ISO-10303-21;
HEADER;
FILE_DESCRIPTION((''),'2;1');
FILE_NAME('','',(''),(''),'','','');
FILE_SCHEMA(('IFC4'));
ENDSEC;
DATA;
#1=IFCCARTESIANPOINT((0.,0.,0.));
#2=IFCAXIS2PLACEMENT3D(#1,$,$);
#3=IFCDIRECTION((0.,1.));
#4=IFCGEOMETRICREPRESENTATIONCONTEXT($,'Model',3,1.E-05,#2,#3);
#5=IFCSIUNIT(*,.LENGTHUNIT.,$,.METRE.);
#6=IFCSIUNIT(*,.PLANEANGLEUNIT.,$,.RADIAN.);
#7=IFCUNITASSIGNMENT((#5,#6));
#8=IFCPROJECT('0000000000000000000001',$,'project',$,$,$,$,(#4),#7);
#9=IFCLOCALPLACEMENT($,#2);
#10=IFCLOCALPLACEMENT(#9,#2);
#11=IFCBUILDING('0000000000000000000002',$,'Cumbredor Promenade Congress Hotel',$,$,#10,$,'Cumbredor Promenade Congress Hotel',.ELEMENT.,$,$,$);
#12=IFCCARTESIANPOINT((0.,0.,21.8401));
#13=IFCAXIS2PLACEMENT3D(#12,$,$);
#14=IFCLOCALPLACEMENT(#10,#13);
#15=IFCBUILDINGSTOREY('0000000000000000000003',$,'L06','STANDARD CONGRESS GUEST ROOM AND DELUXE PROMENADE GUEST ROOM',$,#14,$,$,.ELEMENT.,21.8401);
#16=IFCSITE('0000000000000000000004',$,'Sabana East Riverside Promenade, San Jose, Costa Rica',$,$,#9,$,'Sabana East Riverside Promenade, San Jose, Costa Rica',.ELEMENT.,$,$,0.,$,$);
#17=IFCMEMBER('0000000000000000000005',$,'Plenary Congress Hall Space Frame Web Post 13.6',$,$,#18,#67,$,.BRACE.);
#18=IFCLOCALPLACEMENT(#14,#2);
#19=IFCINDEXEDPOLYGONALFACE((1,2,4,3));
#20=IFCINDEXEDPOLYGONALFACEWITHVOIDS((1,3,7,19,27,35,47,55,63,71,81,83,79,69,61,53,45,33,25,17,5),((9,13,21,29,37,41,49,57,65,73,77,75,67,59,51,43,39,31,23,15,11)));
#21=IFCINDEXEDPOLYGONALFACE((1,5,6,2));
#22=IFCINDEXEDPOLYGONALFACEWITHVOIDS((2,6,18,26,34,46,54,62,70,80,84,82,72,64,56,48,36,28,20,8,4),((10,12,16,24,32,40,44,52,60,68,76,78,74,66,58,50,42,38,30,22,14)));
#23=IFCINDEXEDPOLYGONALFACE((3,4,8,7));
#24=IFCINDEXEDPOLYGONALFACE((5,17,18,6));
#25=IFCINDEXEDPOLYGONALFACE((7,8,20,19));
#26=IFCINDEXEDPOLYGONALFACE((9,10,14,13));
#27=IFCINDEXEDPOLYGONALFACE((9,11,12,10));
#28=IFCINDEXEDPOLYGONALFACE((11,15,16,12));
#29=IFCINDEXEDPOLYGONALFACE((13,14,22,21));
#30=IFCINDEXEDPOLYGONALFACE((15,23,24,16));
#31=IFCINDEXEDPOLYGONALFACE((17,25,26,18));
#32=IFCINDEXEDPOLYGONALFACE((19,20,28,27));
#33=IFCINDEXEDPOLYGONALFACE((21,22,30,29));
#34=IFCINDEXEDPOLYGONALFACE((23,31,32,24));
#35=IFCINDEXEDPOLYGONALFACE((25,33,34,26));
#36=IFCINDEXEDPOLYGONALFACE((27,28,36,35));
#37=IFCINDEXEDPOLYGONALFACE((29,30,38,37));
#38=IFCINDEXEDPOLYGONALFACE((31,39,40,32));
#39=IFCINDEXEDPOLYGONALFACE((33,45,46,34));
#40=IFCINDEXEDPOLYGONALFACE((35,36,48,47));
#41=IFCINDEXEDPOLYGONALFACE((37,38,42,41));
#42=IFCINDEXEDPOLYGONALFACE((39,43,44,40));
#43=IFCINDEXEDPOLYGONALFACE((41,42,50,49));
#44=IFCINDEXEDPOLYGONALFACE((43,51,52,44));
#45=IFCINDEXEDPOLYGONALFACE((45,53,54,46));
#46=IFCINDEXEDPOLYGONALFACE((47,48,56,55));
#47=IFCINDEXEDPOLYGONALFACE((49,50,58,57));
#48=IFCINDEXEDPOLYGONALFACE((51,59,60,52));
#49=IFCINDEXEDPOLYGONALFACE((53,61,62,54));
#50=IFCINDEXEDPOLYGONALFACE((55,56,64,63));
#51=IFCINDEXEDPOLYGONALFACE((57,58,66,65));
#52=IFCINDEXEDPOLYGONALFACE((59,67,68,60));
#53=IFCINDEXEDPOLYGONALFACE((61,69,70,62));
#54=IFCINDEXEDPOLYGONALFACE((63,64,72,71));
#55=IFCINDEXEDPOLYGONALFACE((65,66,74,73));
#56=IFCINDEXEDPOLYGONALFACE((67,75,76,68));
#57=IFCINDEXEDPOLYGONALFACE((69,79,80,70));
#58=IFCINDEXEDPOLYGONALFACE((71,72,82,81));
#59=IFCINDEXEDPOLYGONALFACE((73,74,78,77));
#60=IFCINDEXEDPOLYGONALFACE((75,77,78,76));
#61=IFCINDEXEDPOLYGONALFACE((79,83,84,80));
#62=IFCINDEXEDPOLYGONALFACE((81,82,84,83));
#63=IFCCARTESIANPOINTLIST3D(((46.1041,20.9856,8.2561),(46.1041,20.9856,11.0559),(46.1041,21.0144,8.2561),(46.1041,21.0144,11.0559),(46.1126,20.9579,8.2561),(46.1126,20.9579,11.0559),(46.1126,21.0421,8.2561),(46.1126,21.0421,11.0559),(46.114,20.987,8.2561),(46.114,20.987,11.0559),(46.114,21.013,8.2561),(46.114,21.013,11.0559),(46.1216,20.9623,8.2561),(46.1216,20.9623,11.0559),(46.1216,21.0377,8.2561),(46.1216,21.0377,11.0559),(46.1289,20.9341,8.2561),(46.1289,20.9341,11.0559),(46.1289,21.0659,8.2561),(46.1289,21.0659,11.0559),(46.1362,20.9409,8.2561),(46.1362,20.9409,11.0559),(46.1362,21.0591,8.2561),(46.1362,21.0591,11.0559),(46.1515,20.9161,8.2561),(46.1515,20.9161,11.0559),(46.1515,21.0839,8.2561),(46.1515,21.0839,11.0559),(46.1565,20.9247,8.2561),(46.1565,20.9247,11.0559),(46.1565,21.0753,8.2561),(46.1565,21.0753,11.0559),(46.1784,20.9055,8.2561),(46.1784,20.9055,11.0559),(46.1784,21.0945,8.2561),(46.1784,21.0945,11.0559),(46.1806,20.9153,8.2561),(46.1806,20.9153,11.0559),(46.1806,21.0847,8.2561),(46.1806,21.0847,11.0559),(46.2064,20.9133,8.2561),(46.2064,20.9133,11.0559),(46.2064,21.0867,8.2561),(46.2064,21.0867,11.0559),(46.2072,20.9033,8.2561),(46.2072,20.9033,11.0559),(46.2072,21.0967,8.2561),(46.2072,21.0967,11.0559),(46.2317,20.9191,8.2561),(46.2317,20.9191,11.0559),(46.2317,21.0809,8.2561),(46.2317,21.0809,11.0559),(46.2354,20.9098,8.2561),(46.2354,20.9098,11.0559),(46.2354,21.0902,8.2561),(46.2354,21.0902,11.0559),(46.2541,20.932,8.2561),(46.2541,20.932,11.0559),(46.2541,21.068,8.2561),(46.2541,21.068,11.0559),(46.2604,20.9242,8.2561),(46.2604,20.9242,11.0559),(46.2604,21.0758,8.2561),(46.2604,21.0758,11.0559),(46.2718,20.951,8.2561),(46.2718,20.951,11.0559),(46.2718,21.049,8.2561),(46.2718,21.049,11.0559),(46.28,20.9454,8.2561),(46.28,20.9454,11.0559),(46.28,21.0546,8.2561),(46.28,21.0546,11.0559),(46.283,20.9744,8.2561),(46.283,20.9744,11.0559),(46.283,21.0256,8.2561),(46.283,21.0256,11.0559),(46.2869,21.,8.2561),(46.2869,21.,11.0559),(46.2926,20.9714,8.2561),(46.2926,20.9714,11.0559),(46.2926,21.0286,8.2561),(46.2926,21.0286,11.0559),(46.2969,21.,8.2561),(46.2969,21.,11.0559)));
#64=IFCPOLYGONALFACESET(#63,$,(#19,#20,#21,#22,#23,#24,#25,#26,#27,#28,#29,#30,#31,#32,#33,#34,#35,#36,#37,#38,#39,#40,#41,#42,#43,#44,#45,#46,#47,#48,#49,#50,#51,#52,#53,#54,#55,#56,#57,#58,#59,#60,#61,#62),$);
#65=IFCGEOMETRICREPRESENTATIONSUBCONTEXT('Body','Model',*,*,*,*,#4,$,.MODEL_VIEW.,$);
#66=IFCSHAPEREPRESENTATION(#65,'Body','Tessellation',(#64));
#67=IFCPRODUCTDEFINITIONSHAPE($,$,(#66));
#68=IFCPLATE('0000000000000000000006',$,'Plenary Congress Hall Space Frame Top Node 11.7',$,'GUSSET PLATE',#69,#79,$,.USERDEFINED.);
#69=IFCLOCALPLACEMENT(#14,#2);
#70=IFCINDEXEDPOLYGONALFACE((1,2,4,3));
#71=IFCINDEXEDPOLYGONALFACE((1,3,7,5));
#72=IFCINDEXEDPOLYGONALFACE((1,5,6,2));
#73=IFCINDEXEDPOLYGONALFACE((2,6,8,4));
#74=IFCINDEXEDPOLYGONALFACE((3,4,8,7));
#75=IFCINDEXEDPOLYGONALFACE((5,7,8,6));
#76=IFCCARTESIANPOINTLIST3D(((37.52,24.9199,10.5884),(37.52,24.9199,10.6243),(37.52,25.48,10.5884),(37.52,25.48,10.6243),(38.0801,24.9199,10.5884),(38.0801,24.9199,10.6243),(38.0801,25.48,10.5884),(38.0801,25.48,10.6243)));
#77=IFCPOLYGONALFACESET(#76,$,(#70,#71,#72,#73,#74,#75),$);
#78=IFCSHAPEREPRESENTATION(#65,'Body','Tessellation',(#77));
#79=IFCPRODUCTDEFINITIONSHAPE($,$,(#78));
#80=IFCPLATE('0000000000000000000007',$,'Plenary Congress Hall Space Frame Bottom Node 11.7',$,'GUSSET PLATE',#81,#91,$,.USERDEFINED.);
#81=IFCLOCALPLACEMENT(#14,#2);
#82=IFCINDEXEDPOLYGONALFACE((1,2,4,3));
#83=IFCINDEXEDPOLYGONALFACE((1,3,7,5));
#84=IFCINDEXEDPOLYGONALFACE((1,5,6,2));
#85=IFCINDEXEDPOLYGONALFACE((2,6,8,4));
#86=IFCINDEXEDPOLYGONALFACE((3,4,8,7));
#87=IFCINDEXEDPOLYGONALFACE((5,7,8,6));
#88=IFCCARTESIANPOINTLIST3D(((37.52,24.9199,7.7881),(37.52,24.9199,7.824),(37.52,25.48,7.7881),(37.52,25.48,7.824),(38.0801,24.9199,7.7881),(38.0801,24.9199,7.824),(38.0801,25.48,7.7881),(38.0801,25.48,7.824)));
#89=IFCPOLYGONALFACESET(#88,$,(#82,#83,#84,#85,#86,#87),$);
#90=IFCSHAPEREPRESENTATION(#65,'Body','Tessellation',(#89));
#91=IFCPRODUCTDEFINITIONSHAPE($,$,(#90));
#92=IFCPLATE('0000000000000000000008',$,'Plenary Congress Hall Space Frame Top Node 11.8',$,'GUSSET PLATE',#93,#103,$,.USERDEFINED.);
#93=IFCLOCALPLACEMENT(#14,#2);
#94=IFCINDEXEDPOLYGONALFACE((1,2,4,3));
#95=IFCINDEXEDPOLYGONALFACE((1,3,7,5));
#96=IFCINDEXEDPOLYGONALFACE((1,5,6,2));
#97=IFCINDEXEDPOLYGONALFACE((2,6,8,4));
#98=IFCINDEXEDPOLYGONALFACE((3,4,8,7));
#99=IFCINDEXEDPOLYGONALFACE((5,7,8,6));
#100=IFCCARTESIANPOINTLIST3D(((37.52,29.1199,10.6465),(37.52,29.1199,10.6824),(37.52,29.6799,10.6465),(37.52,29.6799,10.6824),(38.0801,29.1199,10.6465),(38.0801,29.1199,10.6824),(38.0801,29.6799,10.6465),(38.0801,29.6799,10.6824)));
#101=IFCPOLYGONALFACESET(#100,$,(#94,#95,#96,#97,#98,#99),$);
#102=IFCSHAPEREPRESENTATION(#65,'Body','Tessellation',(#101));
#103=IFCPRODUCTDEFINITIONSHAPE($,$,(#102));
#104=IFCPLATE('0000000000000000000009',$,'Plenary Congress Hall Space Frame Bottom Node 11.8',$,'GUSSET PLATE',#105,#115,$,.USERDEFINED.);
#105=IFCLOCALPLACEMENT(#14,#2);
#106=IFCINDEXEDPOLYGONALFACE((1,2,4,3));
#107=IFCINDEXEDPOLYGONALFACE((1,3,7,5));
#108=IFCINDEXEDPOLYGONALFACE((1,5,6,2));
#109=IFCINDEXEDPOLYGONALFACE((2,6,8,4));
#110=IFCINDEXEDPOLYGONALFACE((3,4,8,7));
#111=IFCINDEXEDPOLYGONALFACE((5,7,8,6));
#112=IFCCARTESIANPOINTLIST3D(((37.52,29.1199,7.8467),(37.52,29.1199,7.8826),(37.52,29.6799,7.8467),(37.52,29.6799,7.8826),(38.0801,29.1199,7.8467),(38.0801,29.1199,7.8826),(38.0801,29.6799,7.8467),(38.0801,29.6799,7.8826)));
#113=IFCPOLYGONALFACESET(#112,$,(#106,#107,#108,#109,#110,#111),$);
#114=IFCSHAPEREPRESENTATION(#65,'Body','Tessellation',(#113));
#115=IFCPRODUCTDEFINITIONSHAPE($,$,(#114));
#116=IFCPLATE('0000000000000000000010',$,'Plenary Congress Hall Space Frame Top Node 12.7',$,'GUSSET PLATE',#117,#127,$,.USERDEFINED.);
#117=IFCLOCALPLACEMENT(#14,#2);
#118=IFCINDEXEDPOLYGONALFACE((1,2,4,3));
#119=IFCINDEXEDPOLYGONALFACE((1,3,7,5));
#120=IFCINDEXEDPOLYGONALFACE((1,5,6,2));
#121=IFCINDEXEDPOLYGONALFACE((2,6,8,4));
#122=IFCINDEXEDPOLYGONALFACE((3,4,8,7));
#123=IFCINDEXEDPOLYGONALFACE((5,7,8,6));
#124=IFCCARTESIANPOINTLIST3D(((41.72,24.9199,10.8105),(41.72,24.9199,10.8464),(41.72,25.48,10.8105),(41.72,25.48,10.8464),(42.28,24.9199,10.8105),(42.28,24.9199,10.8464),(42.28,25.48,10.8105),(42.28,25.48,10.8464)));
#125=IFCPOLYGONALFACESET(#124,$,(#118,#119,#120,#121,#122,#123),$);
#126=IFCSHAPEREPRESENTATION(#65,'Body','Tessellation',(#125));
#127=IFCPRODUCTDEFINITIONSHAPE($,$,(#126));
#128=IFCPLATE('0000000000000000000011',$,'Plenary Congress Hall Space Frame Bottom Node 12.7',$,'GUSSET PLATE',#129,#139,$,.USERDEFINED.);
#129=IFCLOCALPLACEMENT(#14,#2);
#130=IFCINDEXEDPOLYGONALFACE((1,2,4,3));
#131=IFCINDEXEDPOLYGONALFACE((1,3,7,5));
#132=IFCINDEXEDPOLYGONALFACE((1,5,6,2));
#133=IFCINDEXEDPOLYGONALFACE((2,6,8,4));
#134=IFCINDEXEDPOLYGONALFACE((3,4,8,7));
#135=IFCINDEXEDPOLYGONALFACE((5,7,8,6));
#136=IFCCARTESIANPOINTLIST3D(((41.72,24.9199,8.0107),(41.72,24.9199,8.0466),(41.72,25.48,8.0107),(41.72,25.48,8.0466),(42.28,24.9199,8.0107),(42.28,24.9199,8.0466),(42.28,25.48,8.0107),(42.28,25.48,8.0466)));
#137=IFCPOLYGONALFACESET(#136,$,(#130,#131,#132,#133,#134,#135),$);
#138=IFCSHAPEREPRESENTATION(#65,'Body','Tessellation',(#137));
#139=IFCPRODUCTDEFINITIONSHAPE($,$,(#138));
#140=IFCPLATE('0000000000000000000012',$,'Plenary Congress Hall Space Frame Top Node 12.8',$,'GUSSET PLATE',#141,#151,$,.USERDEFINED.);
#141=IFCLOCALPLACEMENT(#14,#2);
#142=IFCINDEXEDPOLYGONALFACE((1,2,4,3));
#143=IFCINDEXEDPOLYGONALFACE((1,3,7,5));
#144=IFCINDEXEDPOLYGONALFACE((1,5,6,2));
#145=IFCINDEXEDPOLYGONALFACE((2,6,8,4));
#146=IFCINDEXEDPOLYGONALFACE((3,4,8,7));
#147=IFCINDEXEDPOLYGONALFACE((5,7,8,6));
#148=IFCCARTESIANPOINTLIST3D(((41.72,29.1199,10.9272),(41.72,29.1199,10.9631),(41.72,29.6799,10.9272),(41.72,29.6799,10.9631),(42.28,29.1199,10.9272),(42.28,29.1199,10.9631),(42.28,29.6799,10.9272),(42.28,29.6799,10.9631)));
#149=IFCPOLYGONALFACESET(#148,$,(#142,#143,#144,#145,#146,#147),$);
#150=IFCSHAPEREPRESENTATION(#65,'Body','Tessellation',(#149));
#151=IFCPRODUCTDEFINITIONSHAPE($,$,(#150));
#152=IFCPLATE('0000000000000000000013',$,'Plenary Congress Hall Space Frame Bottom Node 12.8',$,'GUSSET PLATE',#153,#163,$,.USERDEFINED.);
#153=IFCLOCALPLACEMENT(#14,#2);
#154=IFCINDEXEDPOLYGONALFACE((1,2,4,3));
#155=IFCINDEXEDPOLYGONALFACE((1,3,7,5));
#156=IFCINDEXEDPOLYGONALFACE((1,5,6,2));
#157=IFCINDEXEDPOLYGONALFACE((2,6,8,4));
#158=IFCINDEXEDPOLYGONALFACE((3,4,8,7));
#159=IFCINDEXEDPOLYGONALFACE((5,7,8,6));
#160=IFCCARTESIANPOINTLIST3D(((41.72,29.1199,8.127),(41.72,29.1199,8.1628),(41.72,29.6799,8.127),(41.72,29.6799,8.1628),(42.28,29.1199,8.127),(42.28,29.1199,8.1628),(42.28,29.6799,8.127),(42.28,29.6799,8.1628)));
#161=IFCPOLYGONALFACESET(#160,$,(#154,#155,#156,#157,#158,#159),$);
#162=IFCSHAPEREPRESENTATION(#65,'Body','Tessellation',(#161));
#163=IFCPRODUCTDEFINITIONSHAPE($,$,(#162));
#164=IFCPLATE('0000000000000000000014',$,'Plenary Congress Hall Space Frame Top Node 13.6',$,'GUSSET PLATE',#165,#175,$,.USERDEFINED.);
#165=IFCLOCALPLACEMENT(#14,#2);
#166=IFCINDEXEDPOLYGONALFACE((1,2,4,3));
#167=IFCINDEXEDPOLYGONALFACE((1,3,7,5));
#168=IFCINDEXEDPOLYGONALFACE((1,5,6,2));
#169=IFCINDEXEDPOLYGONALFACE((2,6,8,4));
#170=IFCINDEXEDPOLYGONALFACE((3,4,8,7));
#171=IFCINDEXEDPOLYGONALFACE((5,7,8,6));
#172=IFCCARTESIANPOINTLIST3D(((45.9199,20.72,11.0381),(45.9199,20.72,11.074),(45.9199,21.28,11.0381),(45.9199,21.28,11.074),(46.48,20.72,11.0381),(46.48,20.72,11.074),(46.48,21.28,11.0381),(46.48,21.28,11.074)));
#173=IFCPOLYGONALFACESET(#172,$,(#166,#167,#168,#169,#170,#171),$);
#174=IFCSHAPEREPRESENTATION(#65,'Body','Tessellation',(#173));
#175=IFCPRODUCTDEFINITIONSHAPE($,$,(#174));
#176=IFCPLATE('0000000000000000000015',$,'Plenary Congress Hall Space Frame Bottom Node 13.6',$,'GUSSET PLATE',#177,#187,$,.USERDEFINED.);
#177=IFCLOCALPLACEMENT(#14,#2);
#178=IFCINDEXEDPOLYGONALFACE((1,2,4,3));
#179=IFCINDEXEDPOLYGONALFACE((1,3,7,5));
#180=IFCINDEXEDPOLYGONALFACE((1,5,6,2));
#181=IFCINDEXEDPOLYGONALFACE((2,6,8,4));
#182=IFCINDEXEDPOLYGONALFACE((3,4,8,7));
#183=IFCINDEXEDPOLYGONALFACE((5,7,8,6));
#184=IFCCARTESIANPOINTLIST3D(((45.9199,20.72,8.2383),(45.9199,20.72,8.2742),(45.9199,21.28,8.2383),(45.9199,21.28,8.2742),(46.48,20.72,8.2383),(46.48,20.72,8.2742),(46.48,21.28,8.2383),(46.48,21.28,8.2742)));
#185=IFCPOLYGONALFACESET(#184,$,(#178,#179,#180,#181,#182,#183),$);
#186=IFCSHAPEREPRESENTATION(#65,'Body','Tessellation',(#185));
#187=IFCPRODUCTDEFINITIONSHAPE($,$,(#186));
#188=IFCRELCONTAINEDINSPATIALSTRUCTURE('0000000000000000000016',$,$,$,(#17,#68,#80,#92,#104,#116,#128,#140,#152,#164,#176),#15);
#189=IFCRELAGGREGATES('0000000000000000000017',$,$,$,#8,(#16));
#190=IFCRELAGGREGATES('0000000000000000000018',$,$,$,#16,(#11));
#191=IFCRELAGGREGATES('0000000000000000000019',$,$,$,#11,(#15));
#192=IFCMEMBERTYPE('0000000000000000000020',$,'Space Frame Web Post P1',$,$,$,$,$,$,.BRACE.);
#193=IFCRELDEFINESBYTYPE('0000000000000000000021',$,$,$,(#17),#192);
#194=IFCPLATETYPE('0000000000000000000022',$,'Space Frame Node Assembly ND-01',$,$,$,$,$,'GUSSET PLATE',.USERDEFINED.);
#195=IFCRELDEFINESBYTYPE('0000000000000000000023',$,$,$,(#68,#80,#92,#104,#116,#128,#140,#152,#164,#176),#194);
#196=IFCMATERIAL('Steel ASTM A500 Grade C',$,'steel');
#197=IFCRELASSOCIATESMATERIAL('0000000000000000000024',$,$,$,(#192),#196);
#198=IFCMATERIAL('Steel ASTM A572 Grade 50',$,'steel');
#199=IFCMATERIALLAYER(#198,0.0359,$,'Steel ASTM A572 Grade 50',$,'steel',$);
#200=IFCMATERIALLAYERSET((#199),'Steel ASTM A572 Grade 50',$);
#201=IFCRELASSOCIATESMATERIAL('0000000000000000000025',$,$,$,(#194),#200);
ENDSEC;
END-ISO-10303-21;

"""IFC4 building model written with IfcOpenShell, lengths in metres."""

from ifc_helpers import new_model, si_unit, direction, frame, origin, origin_2d, place, context, subcontext, project, spatial, rectangle, hollow_circle, extrude, material, layer, layer_set, material_profile, profile_set, type_object, element, save


model = new_model("IFC4")

# Units and contexts
model_context = context("Model", 3, precision=1e-05, world=origin(), true_north=direction((0.0, 1.0)))
body_context = subcontext(model_context, "Body", "Model", "MODEL_VIEW")
ifc_project = project(units=[si_unit("LENGTHUNIT", "METRE"), si_unit("PLANEANGLEUNIT", "RADIAN")], contexts=[model_context])

# Site, building, storey
site_placement = place(None, origin())
site = spatial("IfcSite", under=ifc_project, at=site_placement, Name="Sabana East Riverside Promenade, San Jose, Costa Rica", LongName="Sabana East Riverside Promenade, San Jose, Costa Rica", CompositionType="ELEMENT", RefElevation=0.0)
building_placement = place(site_placement, origin())
building = spatial("IfcBuilding", under=site, at=building_placement, Name="Cumbredor Promenade Congress Hotel", LongName="Cumbredor Promenade Congress Hotel", CompositionType="ELEMENT")
storey_placement = place(building_placement, frame((0.0, 0.0, 21.8401)))
storey = spatial("IfcBuildingStorey", under=building, at=storey_placement, Name="L06", Description="STANDARD CONGRESS GUEST ROOM AND DELUXE PROMENADE GUEST ROOM", CompositionType="ELEMENT", Elevation=21.8401)

# Member
ifc_material_1 = material(Name="Steel ASTM A500 Grade C", Category="steel")
ifc_material_profile_1 = material_profile(ifc_material_1, hollow_circle(Radius=0.0969, WallThickness=0.01, at=origin_2d()), Name="CHS 193.7x10")
ifc_profile_set_1 = profile_set([ifc_material_profile_1], Name="Steel ASTM A500 Grade C")
member_type_1 = type_object("IfcMemberType", Name="Space Frame Web Post P1", PredefinedType="BRACE", material=ifc_profile_set_1)
member_1_placement = place(storey_placement, frame((46.2, 21.0, 8.2561), z_axis=(0.0, 0.0, 1.0), x_axis=(1.0, 0.0, 0.0)))
element("IfcMember", 1, at=member_1_placement, inside=storey, type_object=member_type_1, Name="Plenary Congress Hall Space Frame Web Post 13.6", PredefinedType="BRACE", context=body_context, shape_type="SweptSolid", body=[
    extrude(hollow_circle(Radius=0.0969, WallThickness=0.01, at=origin_2d()), origin(), (0.0, 0.0, 1.0), 2.7998),
])

# Plates
ifc_material_2 = material(Name="Steel ASTM A572 Grade 50", Category="steel")
ifc_layer = layer(ifc_material_2, 0.0359, Name="Steel ASTM A572 Grade 50", Category="steel")
ifc_layer_set = layer_set([ifc_layer], Name="Steel ASTM A572 Grade 50")
plate_type = type_object("IfcPlateType", Name="Space Frame Node Assembly ND-01", ElementType="GUSSET PLATE", PredefinedType="USERDEFINED", material=ifc_layer_set)
for number, where, z_axis, x_axis, name in (
    (2, (37.8, 25.2, 10.5884), (0.0, 0.0, 1.0), (1.0, 0.0, 0.0), "Plenary Congress Hall Space Frame Top Node 11.7"),
    (3, (37.8, 25.2, 7.7881), (0.0, 0.0, 1.0), (1.0, 0.0, 0.0), "Plenary Congress Hall Space Frame Bottom Node 11.7"),
    (4, (37.8, 29.3999, 10.6465), (0.0, 0.0, 1.0), (1.0, 0.0, 0.0), "Plenary Congress Hall Space Frame Top Node 11.8"),
    (5, (37.8, 29.3999, 7.8467), (0.0, 0.0, 1.0), (1.0, 0.0, 0.0), "Plenary Congress Hall Space Frame Bottom Node 11.8"),
    (6, (42.0, 25.2, 10.8105), (0.0, 0.0, 1.0), (1.0, 0.0, 0.0), "Plenary Congress Hall Space Frame Top Node 12.7"),
    (7, (42.0, 25.2, 8.0107), (0.0, 0.0, 1.0), (1.0, 0.0, 0.0), "Plenary Congress Hall Space Frame Bottom Node 12.7"),
    (8, (42.0, 29.3999, 10.9272), (0.0, 0.0, 1.0), (1.0, 0.0, 0.0), "Plenary Congress Hall Space Frame Top Node 12.8"),
    (9, (42.0, 29.3999, 8.127), (0.0, 0.0, 1.0), (1.0, 0.0, 0.0), "Plenary Congress Hall Space Frame Bottom Node 12.8"),
    (10, (46.2, 21.0, 11.0381), (0.0, 0.0, 1.0), (1.0, 0.0, 0.0), "Plenary Congress Hall Space Frame Top Node 13.6"),
    (11, (46.2, 21.0, 8.2383), (0.0, 0.0, 1.0), (1.0, 0.0, 0.0), "Plenary Congress Hall Space Frame Bottom Node 13.6"),
):
    element("IfcPlate", number, at=place(storey_placement, frame(where, z_axis=z_axis, x_axis=x_axis)), inside=storey, type_object=plate_type, Name=name, ObjectType="GUSSET PLATE", PredefinedType="USERDEFINED", context=body_context, shape_type="SweptSolid", body=[
        extrude(rectangle(XDim=0.5601, YDim=0.5601, at=origin_2d()), origin(), (0.0, 0.0, 1.0), 0.0359),
    ])

save(model, "model.ifc")
